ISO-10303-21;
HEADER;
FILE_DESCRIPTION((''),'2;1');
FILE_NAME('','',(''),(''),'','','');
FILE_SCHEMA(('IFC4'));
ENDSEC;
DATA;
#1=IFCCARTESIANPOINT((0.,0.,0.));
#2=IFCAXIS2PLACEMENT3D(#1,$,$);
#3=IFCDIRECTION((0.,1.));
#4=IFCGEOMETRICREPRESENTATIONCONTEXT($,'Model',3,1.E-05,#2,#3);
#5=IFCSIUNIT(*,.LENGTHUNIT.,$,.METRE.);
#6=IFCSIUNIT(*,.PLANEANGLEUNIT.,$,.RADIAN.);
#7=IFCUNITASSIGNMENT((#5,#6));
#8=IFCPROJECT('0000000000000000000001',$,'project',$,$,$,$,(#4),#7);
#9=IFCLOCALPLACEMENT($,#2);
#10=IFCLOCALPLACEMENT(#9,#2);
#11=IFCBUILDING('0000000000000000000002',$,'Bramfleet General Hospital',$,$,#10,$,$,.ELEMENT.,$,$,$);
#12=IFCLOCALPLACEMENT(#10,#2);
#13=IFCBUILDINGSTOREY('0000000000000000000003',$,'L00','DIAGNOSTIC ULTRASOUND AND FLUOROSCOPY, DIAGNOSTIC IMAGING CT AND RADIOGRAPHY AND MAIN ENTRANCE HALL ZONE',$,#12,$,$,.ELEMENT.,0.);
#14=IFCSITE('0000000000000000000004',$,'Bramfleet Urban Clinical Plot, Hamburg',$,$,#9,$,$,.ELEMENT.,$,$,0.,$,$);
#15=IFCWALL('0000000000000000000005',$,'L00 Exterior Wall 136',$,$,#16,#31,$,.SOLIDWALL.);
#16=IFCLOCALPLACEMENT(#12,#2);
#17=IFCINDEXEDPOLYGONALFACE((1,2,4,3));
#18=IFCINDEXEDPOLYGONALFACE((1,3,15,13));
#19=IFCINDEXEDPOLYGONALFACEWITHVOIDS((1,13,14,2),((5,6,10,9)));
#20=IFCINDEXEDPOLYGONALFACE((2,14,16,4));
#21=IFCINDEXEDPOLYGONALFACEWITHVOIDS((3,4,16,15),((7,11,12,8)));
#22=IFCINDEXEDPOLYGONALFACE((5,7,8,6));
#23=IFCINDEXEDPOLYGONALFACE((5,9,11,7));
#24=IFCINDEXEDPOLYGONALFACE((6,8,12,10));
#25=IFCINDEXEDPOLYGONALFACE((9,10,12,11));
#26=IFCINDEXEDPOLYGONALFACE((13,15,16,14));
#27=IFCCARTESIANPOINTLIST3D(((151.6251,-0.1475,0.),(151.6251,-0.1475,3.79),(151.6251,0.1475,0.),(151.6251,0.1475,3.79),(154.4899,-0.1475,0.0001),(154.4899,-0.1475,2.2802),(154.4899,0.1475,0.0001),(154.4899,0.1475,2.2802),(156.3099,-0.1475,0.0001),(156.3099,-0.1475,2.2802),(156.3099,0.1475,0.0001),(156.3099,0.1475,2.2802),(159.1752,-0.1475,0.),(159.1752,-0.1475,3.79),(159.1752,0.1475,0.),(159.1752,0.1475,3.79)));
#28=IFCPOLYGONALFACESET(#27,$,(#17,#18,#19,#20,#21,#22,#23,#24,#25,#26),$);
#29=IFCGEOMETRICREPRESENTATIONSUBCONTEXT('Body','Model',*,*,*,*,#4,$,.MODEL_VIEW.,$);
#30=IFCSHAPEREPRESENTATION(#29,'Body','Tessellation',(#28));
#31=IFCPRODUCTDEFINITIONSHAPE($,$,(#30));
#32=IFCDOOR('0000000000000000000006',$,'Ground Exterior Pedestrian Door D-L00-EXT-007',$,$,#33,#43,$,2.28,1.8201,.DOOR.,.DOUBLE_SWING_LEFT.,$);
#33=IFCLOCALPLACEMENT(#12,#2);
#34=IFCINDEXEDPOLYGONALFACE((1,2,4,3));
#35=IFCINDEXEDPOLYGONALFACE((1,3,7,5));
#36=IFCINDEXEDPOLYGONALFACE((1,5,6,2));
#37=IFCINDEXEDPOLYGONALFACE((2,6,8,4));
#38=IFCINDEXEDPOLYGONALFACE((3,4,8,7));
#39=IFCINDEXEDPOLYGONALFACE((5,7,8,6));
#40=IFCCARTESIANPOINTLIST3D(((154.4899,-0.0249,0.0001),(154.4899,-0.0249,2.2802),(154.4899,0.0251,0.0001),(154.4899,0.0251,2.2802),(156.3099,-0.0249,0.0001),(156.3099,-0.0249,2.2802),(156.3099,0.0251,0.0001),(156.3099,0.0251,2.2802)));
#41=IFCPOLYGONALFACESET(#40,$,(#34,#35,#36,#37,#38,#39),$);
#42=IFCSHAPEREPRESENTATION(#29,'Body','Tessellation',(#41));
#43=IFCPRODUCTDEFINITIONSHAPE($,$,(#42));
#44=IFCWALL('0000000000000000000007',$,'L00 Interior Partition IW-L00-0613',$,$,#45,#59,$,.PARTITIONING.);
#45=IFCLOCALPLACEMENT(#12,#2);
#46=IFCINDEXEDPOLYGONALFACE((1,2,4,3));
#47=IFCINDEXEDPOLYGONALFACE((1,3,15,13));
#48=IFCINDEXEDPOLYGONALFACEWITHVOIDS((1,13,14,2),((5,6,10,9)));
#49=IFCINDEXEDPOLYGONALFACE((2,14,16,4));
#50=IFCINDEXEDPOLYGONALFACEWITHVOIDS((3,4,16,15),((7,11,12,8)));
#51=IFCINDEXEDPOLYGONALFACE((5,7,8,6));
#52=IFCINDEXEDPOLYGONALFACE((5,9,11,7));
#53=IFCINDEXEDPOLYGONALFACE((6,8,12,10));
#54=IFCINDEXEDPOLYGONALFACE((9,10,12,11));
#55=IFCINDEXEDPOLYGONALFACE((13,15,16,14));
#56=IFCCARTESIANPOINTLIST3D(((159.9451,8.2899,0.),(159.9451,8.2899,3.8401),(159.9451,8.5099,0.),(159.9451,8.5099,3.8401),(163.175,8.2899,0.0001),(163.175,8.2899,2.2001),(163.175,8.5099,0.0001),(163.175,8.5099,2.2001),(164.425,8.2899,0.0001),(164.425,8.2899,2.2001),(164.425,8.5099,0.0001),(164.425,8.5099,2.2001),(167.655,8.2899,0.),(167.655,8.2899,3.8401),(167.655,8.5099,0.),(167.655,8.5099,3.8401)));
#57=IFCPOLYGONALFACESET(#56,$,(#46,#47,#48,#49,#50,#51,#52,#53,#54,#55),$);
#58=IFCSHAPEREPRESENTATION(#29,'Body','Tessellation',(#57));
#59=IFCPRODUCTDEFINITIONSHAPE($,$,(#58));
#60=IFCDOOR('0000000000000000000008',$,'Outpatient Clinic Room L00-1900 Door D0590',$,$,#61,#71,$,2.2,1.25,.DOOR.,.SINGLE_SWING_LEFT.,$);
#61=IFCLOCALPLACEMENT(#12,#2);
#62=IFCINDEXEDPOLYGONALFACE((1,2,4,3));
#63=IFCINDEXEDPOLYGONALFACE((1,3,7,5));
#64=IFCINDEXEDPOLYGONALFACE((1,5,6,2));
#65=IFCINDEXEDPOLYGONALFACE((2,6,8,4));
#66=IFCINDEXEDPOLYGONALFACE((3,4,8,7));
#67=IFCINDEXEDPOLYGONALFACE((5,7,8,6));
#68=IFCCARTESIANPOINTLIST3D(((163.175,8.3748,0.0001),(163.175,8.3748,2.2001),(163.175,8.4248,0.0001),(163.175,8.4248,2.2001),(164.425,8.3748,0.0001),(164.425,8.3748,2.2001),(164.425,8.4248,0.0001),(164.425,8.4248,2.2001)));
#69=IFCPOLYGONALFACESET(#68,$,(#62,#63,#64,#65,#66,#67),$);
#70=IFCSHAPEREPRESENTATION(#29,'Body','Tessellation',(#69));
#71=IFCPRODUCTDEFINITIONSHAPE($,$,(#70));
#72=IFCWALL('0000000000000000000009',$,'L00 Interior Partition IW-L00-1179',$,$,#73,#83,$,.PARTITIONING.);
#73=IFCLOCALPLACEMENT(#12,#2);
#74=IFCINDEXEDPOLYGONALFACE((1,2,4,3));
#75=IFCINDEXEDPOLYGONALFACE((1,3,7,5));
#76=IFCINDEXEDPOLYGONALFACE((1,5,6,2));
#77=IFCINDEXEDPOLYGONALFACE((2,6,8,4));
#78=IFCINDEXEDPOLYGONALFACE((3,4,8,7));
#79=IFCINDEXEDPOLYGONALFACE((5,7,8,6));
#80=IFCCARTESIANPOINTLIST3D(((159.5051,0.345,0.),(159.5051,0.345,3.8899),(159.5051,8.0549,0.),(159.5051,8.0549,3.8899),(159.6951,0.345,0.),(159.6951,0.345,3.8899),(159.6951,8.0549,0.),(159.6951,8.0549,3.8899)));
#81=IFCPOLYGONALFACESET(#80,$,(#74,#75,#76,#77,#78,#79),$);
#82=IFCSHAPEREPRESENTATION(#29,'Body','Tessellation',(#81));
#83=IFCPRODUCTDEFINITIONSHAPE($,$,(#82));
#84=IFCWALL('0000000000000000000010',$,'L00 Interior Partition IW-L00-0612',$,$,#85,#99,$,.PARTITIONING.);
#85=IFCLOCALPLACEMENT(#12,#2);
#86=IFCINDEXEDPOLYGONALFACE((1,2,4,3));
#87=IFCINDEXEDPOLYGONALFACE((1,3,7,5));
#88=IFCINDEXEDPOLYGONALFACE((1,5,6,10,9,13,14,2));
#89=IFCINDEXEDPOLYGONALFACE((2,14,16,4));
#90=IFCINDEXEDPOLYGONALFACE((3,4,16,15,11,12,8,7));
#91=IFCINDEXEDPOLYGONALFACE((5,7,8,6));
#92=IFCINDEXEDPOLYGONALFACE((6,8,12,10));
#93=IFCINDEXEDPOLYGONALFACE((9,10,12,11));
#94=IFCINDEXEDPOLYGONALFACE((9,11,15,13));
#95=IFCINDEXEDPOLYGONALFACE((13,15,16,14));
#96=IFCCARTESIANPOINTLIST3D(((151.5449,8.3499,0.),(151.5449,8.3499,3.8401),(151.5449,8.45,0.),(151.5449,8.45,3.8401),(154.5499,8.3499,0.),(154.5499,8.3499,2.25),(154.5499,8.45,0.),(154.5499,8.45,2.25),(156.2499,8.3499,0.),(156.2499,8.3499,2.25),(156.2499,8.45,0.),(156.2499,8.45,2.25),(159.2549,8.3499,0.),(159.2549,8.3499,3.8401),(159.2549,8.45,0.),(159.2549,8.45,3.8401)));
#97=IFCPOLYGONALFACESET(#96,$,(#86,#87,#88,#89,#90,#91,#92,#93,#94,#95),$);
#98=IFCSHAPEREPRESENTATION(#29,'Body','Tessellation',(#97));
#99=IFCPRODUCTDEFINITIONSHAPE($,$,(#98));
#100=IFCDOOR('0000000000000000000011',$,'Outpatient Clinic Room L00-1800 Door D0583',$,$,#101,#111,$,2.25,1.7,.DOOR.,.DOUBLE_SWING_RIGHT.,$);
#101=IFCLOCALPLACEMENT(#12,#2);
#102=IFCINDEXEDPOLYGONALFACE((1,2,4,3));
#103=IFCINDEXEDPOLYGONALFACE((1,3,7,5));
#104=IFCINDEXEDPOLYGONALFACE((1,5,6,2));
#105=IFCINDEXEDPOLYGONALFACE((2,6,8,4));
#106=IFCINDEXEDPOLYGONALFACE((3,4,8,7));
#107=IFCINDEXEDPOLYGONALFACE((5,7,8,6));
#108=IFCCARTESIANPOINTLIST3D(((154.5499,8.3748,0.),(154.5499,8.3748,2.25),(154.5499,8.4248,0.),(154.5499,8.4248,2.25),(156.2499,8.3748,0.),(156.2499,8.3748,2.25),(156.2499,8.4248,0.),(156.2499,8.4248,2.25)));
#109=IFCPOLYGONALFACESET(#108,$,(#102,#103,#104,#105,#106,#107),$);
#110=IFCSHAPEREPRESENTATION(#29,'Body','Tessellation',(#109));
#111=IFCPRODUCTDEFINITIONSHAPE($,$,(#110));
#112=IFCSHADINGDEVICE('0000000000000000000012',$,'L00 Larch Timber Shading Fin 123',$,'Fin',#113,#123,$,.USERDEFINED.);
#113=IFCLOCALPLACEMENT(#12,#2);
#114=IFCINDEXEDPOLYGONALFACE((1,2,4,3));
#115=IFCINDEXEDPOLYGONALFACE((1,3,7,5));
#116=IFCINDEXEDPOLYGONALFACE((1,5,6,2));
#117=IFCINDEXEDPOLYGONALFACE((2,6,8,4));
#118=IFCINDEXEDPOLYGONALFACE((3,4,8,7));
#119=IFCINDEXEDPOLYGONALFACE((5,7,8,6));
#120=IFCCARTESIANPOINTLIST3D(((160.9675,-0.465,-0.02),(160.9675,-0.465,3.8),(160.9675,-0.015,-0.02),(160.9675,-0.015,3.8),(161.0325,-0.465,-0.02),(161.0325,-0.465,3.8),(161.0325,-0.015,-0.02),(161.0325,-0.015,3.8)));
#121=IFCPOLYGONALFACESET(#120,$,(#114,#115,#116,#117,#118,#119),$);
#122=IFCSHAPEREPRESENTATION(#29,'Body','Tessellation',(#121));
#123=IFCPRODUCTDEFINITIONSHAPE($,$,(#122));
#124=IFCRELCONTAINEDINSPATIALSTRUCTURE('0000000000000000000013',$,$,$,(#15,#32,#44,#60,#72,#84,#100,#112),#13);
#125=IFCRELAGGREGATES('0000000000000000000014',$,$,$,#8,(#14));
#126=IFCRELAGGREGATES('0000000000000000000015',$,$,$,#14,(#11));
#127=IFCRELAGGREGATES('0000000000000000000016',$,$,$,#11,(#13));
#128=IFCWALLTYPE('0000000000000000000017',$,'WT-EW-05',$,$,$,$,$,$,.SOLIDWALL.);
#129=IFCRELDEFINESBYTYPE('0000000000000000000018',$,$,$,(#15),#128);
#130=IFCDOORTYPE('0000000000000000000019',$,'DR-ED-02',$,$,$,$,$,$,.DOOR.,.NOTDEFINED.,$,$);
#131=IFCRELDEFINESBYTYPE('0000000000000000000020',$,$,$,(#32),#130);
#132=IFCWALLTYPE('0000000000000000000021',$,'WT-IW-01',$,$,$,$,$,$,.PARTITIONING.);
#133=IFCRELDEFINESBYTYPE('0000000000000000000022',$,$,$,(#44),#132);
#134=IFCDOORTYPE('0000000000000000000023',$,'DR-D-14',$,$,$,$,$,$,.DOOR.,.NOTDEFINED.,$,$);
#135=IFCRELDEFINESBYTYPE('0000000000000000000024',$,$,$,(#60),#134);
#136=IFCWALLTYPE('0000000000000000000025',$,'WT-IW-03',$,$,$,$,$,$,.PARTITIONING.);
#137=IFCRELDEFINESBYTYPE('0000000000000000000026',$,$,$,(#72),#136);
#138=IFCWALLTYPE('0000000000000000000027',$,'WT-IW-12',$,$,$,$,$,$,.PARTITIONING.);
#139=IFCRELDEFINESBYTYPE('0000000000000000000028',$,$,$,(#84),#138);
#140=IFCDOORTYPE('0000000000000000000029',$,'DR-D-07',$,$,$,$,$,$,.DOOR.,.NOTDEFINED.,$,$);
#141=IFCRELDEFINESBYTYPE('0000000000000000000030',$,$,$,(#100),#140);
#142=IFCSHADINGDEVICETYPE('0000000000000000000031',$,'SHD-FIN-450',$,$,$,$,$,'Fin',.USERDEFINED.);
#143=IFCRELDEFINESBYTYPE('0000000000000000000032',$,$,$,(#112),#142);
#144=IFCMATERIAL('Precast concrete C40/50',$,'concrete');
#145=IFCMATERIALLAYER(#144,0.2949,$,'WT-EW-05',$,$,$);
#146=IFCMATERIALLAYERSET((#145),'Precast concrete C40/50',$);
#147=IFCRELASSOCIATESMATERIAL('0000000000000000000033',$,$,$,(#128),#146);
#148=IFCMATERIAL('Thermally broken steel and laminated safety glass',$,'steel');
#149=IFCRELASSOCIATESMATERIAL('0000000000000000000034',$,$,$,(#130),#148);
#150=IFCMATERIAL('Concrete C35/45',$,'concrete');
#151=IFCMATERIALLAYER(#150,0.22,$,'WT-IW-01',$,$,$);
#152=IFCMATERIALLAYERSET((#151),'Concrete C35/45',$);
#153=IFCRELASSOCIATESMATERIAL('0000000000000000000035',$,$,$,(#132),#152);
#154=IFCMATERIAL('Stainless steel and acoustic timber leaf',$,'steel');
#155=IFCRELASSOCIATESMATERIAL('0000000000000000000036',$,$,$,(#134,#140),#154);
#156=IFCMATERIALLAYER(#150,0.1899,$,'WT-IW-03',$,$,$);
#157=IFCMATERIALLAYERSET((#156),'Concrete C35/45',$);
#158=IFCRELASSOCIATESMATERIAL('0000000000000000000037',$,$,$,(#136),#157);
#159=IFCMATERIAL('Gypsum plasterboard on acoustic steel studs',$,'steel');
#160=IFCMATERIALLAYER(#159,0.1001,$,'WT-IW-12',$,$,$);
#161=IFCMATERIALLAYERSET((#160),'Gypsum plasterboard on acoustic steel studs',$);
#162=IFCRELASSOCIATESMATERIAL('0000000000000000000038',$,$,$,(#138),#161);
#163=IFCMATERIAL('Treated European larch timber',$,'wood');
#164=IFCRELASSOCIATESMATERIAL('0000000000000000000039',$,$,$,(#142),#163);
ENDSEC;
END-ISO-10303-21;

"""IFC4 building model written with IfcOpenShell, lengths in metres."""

from ifc_helpers import new_model, si_unit, direction, frame, frame_2d, origin, origin_2d, place, context, subcontext, project, spatial, rectangle, extrude, material, layer, layer_set, material_profile, profile_set, type_object, element, fill, save


model = new_model("IFC4")

# Units and contexts
model_context = context("Model", 3, precision=1e-05, world=origin(), true_north=direction((0.0, 1.0)))
body_context = subcontext(model_context, "Body", "Model", "MODEL_VIEW")
ifc_project = project(units=[si_unit("LENGTHUNIT", "METRE"), si_unit("PLANEANGLEUNIT", "RADIAN")], contexts=[model_context])

# Site, building, storey
site_placement = place(None, origin())
site = spatial("IfcSite", under=ifc_project, at=site_placement, Name="Bramfleet Urban Clinical Plot, Hamburg", CompositionType="ELEMENT", RefElevation=0.0)
building_placement = place(site_placement, origin())
building = spatial("IfcBuilding", under=site, at=building_placement, Name="Bramfleet General Hospital", CompositionType="ELEMENT")
storey_placement = place(building_placement, origin())
storey = spatial("IfcBuildingStorey", under=building, at=storey_placement, Name="L00", Description="DIAGNOSTIC ULTRASOUND AND FLUOROSCOPY, DIAGNOSTIC IMAGING CT AND RADIOGRAPHY AND MAIN ENTRANCE HALL ZONE", CompositionType="ELEMENT", Elevation=0.0)

# Shared definitions
ifc_material_1 = material(Name="Concrete C35/45", Category="concrete")

# Walls, openings, doors
ifc_material_2 = material(Name="Precast concrete C40/50", Category="concrete")
ifc_layer_1 = layer(ifc_material_2, 0.2949, Name="WT-EW-05")
ifc_layer_set_1 = layer_set([ifc_layer_1], Name="Precast concrete C40/50")
wall_type_1 = type_object("IfcWallType", Name="WT-EW-05", PredefinedType="SOLIDWALL", material=ifc_layer_set_1)
wall_1_placement = place(storey_placement, frame((159.175, 0.0, 0.0), z_axis=(0.0, 0.0, 1.0), x_axis=(-1.0, 0.0, 0.0)))
wall_1 = element("IfcWall", 1, at=wall_1_placement, inside=storey, type_object=wall_type_1, Name="L00 Exterior Wall 136", PredefinedType="SOLIDWALL", context=body_context, shape_type="SweptSolid", body=[
    extrude(rectangle(XDim=7.55, YDim=0.2949, at=frame_2d((3.7749, 0.0))), origin(), (0.0, 0.0, 1.0), 3.79),
])
opening_1_placement = place(wall_1_placement, frame((2.865, 0.0, 0.0)))
opening_1 = element("IfcOpeningElement", 2, at=opening_1_placement, cuts=wall_1, PredefinedType="OPENING", context=body_context, shape_type="SweptSolid", body=[
    extrude(rectangle(XDim=1.8201, YDim=2.28, at=frame_2d((0.9102, 1.1401))), frame((0.0, 0.1575, 0.0), z_axis=(0.0, -1.0, 0.0), x_axis=(1.0, 0.0, 0.0)), (0.0, 0.0, 1.0), 0.3149),
])
ifc_material_3 = material(Name="Thermally broken steel and laminated safety glass", Category="steel")
door_type_1 = type_object("IfcDoorType", Name="DR-ED-02", OperationType="NOTDEFINED", PredefinedType="DOOR", material=ifc_material_3)
door_1_placement = place(opening_1_placement, origin())
door_1 = element("IfcDoor", 3, at=door_1_placement, inside=storey, type_object=door_type_1, Name="Ground Exterior Pedestrian Door D-L00-EXT-007", OperationType="DOUBLE_SWING_LEFT", OverallHeight=2.28, OverallWidth=1.8201, PredefinedType="DOOR", context=body_context, shape_type="SweptSolid", body=[
    extrude(rectangle(XDim=1.8201, YDim=2.28, at=frame_2d((0.9102, 1.1401))), frame((0.0, 0.0249, 0.0), z_axis=(0.0, -1.0, 0.0), x_axis=(1.0, 0.0, 0.0)), (0.0, 0.0, 1.0), 0.05),
])
fill(opening_1, door_1)
ifc_layer_2 = layer(ifc_material_1, 0.22, Name="WT-IW-01")
ifc_layer_set_2 = layer_set([ifc_layer_2], Name="Concrete C35/45")
wall_type_2 = type_object("IfcWallType", Name="WT-IW-01", PredefinedType="PARTITIONING", material=ifc_layer_set_2)
wall_2_placement = place(storey_placement, frame((159.9451, 8.3999, 0.0), z_axis=(0.0, 0.0, 1.0), x_axis=(1.0, 0.0, 0.0)))
wall_2 = element("IfcWall", 4, at=wall_2_placement, inside=storey, type_object=wall_type_2, Name="L00 Interior Partition IW-L00-0613", PredefinedType="PARTITIONING", context=body_context, shape_type="SweptSolid", body=[
    extrude(rectangle(XDim=7.71, YDim=0.22, at=frame_2d((3.855, 0.0))), origin(), (0.0, 0.0, 1.0), 3.8401),
])
opening_2_placement = place(wall_2_placement, frame((3.23, 0.0, 0.0)))
opening_2 = element("IfcOpeningElement", 5, at=opening_2_placement, cuts=wall_2, PredefinedType="OPENING", context=body_context, shape_type="SweptSolid", body=[
    extrude(rectangle(XDim=1.25, YDim=2.2, at=frame_2d((0.625, 1.1001))), frame((0.0, 0.1199, 0.0), z_axis=(0.0, -1.0, 0.0), x_axis=(1.0, 0.0, 0.0)), (0.0, 0.0, 1.0), 0.24),
])
ifc_material_4 = material(Name="Stainless steel and acoustic timber leaf", Category="steel")
door_type_2 = type_object("IfcDoorType", Name="DR-D-14", OperationType="NOTDEFINED", PredefinedType="DOOR", material=ifc_material_4)
door_2_placement = place(opening_2_placement, origin())
door_2 = element("IfcDoor", 6, at=door_2_placement, inside=storey, type_object=door_type_2, Name="Outpatient Clinic Room L00-1900 Door D0590", OperationType="SINGLE_SWING_LEFT", OverallHeight=2.2, OverallWidth=1.25, PredefinedType="DOOR", context=body_context, shape_type="SweptSolid", body=[
    extrude(rectangle(XDim=1.25, YDim=2.2, at=frame_2d((0.625, 1.1001))), frame((0.0, 0.0249, 0.0), z_axis=(0.0, -1.0, 0.0), x_axis=(1.0, 0.0, 0.0)), (0.0, 0.0, 1.0), 0.05),
])
fill(opening_2, door_2)

# Wall
ifc_layer_3 = layer(ifc_material_1, 0.1899, Name="WT-IW-03")
ifc_layer_set_3 = layer_set([ifc_layer_3], Name="Concrete C35/45")
wall_type_3 = type_object("IfcWallType", Name="WT-IW-03", PredefinedType="PARTITIONING", material=ifc_layer_set_3)
wall_3_placement = place(storey_placement, frame((159.6001, 0.345, 0.0), z_axis=(0.0, 0.0, 1.0), x_axis=(0.0, 1.0, 0.0)))
element("IfcWall", 7, at=wall_3_placement, inside=storey, type_object=wall_type_3, Name="L00 Interior Partition IW-L00-1179", PredefinedType="PARTITIONING", context=body_context, shape_type="SweptSolid", body=[
    extrude(rectangle(XDim=7.71, YDim=0.1899, at=frame_2d((3.855, 0.0))), origin(), (0.0, 0.0, 1.0), 3.8899),
])

# Wall, opening, door
ifc_material_5 = material(Name="Gypsum plasterboard on acoustic steel studs", Category="steel")
ifc_layer_4 = layer(ifc_material_5, 0.1001, Name="WT-IW-12")
ifc_layer_set_4 = layer_set([ifc_layer_4], Name="Gypsum plasterboard on acoustic steel studs")
wall_type_4 = type_object("IfcWallType", Name="WT-IW-12", PredefinedType="PARTITIONING", material=ifc_layer_set_4)
wall_4_placement = place(storey_placement, frame((151.5449, 8.3999, 0.0), z_axis=(0.0, 0.0, 1.0), x_axis=(1.0, 0.0, 0.0)))
wall_4 = element("IfcWall", 8, at=wall_4_placement, inside=storey, type_object=wall_type_4, Name="L00 Interior Partition IW-L00-0612", PredefinedType="PARTITIONING", context=body_context, shape_type="SweptSolid", body=[
    extrude(rectangle(XDim=7.71, YDim=0.1001, at=frame_2d((3.855, 0.0))), origin(), (0.0, 0.0, 1.0), 3.8401),
])
opening_3_placement = place(wall_4_placement, frame((3.0049, 0.0, 0.0)))
opening_3 = element("IfcOpeningElement", 9, at=opening_3_placement, cuts=wall_4, PredefinedType="OPENING", context=body_context, shape_type="SweptSolid", body=[
    extrude(rectangle(XDim=1.7, YDim=2.25, at=frame_2d((0.8501, 1.125))), frame((0.0, 0.0601, 0.0), z_axis=(0.0, -1.0, 0.0), x_axis=(1.0, 0.0, 0.0)), (0.0, 0.0, 1.0), 0.1201),
])
door_type_3 = type_object("IfcDoorType", Name="DR-D-07", OperationType="NOTDEFINED", PredefinedType="DOOR", material=ifc_material_4)
door_3_placement = place(opening_3_placement, origin())
door_3 = element("IfcDoor", 10, at=door_3_placement, inside=storey, type_object=door_type_3, Name="Outpatient Clinic Room L00-1800 Door D0583", OperationType="DOUBLE_SWING_RIGHT", OverallHeight=2.25, OverallWidth=1.7, PredefinedType="DOOR", context=body_context, shape_type="SweptSolid", body=[
    extrude(rectangle(XDim=1.7, YDim=2.25, at=frame_2d((0.8501, 1.125))), frame((0.0, 0.0249, 0.0), z_axis=(0.0, -1.0, 0.0), x_axis=(1.0, 0.0, 0.0)), (0.0, 0.0, 1.0), 0.05),
])
fill(opening_3, door_3)

# Shading device
ifc_material_6 = material(Name="Treated European larch timber", Category="wood")
ifc_material_profile_1 = material_profile(ifc_material_6, rectangle(XDim=0.0649, YDim=0.45, at=origin_2d()), Name="LARCH FIN 450x65")
ifc_profile_set_1 = profile_set([ifc_material_profile_1], Name="Treated European larch timber")
shading_device_type = type_object("IfcShadingDeviceType", Name="SHD-FIN-450", ElementType="Fin", PredefinedType="USERDEFINED", material=ifc_profile_set_1)
shading_device_placement = place(storey_placement, frame((161.0, -0.24, -0.02), z_axis=(0.0, 0.0, 1.0), x_axis=(-1.0, 0.0, 0.0)))
element("IfcShadingDevice", 11, at=shading_device_placement, inside=storey, type_object=shading_device_type, Name="L00 Larch Timber Shading Fin 123", ObjectType="Fin", PredefinedType="USERDEFINED", context=body_context, shape_type="SweptSolid", body=[
    extrude(rectangle(XDim=0.0649, YDim=0.45, at=origin_2d()), origin(), (0.0, 0.0, 1.0), 3.8201),
])

save(model, "model.ifc")
